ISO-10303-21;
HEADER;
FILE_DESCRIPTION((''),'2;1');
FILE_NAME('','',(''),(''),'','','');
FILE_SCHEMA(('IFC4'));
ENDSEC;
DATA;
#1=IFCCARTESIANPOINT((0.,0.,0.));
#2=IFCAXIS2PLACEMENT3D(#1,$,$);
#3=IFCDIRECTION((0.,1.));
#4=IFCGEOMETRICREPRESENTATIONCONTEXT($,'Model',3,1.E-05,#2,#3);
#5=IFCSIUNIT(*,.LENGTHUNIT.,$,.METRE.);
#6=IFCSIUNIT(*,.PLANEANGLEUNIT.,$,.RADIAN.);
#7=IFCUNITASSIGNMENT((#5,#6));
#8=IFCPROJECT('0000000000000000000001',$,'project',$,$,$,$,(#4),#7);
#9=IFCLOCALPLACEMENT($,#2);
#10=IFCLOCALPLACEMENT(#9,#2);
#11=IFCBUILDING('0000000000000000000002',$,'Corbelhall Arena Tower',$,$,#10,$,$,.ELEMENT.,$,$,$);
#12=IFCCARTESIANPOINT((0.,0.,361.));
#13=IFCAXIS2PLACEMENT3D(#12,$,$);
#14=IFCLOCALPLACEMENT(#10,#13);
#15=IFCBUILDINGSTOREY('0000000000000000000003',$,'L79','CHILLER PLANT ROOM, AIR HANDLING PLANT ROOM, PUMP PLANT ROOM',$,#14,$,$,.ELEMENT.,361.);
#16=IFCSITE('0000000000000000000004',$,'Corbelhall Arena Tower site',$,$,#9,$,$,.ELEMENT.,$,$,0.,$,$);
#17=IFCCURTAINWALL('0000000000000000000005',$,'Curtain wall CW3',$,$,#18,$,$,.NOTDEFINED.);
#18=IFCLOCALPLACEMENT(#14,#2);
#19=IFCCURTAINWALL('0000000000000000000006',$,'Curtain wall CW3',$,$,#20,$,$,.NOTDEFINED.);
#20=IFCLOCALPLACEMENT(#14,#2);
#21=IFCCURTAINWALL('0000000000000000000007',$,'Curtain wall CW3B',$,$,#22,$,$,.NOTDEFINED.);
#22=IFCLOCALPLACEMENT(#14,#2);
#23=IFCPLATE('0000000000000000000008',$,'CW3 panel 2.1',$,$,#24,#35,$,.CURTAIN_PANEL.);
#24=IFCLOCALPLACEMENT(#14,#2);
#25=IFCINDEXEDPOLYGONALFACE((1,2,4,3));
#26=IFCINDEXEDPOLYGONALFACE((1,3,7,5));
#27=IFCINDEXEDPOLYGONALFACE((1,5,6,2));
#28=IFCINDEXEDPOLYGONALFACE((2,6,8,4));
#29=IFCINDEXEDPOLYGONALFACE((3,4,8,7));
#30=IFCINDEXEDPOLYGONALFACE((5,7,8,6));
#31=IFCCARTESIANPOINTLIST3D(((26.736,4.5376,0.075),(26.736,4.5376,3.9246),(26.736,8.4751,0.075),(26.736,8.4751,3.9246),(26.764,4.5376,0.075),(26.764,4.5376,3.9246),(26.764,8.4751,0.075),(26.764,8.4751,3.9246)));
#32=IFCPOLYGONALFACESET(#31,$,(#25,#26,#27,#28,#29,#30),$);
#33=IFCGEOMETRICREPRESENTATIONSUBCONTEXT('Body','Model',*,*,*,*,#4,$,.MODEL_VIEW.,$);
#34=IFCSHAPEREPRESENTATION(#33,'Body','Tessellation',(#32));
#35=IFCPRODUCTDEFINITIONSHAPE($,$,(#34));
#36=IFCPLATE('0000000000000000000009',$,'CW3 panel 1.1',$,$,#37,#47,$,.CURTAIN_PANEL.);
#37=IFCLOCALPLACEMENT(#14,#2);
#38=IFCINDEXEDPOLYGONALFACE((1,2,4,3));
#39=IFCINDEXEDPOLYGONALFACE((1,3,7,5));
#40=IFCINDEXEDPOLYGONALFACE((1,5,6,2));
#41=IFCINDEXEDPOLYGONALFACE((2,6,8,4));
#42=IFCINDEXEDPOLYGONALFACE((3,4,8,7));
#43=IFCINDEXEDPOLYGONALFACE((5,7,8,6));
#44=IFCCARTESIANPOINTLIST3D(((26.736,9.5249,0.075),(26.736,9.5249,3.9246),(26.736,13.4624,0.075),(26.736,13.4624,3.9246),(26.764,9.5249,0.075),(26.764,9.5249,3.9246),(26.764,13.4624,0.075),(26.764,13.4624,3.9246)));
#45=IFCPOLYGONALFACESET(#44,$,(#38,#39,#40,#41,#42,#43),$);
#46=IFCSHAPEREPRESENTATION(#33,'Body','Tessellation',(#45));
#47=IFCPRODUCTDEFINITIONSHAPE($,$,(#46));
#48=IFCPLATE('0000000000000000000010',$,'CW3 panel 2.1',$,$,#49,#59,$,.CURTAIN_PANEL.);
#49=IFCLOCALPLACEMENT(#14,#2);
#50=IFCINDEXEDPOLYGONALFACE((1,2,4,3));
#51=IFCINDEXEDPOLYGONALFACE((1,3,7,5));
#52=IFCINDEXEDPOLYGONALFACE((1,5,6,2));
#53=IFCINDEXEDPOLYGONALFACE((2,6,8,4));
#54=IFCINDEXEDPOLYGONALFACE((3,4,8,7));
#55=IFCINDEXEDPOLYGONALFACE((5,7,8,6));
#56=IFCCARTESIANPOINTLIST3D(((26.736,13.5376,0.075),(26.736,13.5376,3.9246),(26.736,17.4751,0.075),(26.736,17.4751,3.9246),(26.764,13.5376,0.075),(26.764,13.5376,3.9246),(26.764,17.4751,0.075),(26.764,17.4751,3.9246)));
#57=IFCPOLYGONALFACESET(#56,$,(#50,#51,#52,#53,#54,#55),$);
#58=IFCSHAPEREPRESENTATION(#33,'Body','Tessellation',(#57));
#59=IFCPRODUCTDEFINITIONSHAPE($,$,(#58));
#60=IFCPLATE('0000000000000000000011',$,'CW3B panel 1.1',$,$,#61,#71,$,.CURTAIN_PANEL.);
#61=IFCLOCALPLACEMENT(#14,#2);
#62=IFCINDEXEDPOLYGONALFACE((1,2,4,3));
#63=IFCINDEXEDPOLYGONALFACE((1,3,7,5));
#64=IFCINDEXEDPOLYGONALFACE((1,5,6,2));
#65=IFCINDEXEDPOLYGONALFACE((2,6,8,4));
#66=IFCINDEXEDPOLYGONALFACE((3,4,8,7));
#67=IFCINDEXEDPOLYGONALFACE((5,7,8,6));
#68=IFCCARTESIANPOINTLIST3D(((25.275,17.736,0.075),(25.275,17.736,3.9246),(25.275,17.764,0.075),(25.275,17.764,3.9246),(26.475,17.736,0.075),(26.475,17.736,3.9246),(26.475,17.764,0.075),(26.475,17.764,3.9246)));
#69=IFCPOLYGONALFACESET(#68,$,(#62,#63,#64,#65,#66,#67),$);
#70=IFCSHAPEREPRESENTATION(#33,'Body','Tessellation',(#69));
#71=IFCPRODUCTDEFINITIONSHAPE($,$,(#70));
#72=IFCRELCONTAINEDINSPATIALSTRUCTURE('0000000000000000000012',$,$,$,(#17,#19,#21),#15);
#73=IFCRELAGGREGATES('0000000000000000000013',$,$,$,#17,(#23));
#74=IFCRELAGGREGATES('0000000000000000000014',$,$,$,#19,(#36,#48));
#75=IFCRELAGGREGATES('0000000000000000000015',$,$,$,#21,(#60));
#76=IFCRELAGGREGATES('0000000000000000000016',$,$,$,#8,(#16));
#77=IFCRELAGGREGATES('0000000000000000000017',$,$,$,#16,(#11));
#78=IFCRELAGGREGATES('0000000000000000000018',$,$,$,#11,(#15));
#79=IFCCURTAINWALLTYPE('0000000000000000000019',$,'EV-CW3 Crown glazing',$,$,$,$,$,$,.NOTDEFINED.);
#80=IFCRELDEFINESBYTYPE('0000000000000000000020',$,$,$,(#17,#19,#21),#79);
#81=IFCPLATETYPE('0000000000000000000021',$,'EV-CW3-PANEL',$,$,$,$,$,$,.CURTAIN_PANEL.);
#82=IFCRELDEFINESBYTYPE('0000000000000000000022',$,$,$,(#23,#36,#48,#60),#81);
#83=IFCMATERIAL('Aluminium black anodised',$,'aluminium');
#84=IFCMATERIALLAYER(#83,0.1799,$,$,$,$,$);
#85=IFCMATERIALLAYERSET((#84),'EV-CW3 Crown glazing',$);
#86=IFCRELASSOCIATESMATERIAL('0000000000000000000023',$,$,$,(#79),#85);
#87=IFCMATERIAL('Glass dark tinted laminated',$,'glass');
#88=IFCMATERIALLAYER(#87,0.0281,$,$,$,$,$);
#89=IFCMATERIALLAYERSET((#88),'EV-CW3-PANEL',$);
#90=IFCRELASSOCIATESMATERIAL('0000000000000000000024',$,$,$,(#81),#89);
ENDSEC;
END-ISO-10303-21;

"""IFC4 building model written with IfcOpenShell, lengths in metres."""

from ifc_helpers import new_model, si_unit, direction, frame, origin, origin_2d, place, context, subcontext, project, spatial, rectangle, extrude, material, layer, layer_set, type_object, element, aggregate, save


model = new_model("IFC4")

# Units and contexts
model_context = context("Model", 3, precision=1e-05, world=origin(), true_north=direction((0.0, 1.0)))
body_context = subcontext(model_context, "Body", "Model", "MODEL_VIEW")
ifc_project = project(units=[si_unit("LENGTHUNIT", "METRE"), si_unit("PLANEANGLEUNIT", "RADIAN")], contexts=[model_context])

# Site, building, storey
site_placement = place(None, origin())
site = spatial("IfcSite", under=ifc_project, at=site_placement, Name="Corbelhall Arena Tower site", CompositionType="ELEMENT", RefElevation=0.0)
building_placement = place(site_placement, origin())
building = spatial("IfcBuilding", under=site, at=building_placement, Name="Corbelhall Arena Tower", CompositionType="ELEMENT")
storey_placement = place(building_placement, frame((0.0, 0.0, 361.0)))
storey = spatial("IfcBuildingStorey", under=building, at=storey_placement, Name="L79", Description="CHILLER PLANT ROOM, AIR HANDLING PLANT ROOM, PUMP PLANT ROOM", CompositionType="ELEMENT", Elevation=361.0)

# Curtain walls
ifc_material_1 = material(Name="Aluminium black anodised", Category="aluminium")
ifc_layer_1 = layer(ifc_material_1, 0.1799)
ifc_layer_set_1 = layer_set([ifc_layer_1], Name="EV-CW3 Crown glazing")
curtain_wall_type = type_object("IfcCurtainWallType", Name="EV-CW3 Crown glazing", PredefinedType="NOTDEFINED", material=ifc_layer_set_1)
curtain_wall_1_placement = place(storey_placement, origin())
curtain_wall_1 = element("IfcCurtainWall", 1, at=curtain_wall_1_placement, inside=storey, type_object=curtain_wall_type, Name="Curtain wall CW3", PredefinedType="NOTDEFINED")
curtain_wall_2_placement = place(storey_placement, origin())
curtain_wall_2 = element("IfcCurtainWall", 2, at=curtain_wall_2_placement, inside=storey, type_object=curtain_wall_type, Name="Curtain wall CW3", PredefinedType="NOTDEFINED")
curtain_wall_3_placement = place(storey_placement, origin())
curtain_wall_3 = element("IfcCurtainWall", 3, at=curtain_wall_3_placement, inside=storey, type_object=curtain_wall_type, Name="Curtain wall CW3B", PredefinedType="NOTDEFINED")

# Plates
ifc_material_2 = material(Name="Glass dark tinted laminated", Category="glass")
ifc_layer_2 = layer(ifc_material_2, 0.0281)
ifc_layer_set_2 = layer_set([ifc_layer_2], Name="EV-CW3-PANEL")
plate_type = type_object("IfcPlateType", Name="EV-CW3-PANEL", PredefinedType="CURTAIN_PANEL", material=ifc_layer_set_2)
plate_1_placement = place(storey_placement, frame((26.75, 6.5063, 0.075), z_axis=(0.0, 0.0, 1.0), x_axis=(0.0, 1.0, 0.0)))
plate_1 = element("IfcPlate", 4, at=plate_1_placement, type_object=plate_type, Name="CW3 panel 2.1", PredefinedType="CURTAIN_PANEL", context=body_context, shape_type="SweptSolid", body=[
    extrude(rectangle(XDim=3.9375, YDim=0.0281, at=origin_2d()), origin(), (0.0, 0.0, 1.0), 3.8496),
])
aggregate(curtain_wall_1, [plate_1])
plate_2_placement = place(storey_placement, frame((26.75, 11.4937, 0.075), z_axis=(0.0, 0.0, 1.0), x_axis=(0.0, 1.0, 0.0)))
plate_2 = element("IfcPlate", 5, at=plate_2_placement, type_object=plate_type, Name="CW3 panel 1.1", PredefinedType="CURTAIN_PANEL", context=body_context, shape_type="SweptSolid", body=[
    extrude(rectangle(XDim=3.9375, YDim=0.0281, at=origin_2d()), origin(), (0.0, 0.0, 1.0), 3.8496),
])
plate_3_placement = place(storey_placement, frame((26.75, 15.5063, 0.075), z_axis=(0.0, 0.0, 1.0), x_axis=(0.0, 1.0, 0.0)))
plate_3 = element("IfcPlate", 6, at=plate_3_placement, type_object=plate_type, Name="CW3 panel 2.1", PredefinedType="CURTAIN_PANEL", context=body_context, shape_type="SweptSolid", body=[
    extrude(rectangle(XDim=3.9375, YDim=0.0281, at=origin_2d()), origin(), (0.0, 0.0, 1.0), 3.8496),
])
aggregate(curtain_wall_2, [plate_2, plate_3])
plate_4_placement = place(storey_placement, frame((25.875, 17.75, 0.075), z_axis=(0.0, 0.0, 1.0), x_axis=(-1.0, 0.0, 0.0)))
plate_4 = element("IfcPlate", 7, at=plate_4_placement, type_object=plate_type, Name="CW3B panel 1.1", PredefinedType="CURTAIN_PANEL", context=body_context, shape_type="SweptSolid", body=[
    extrude(rectangle(XDim=1.2, YDim=0.0281, at=origin_2d()), origin(), (0.0, 0.0, 1.0), 3.8496),
])
aggregate(curtain_wall_3, [plate_4])

save(model, "model.ifc")
